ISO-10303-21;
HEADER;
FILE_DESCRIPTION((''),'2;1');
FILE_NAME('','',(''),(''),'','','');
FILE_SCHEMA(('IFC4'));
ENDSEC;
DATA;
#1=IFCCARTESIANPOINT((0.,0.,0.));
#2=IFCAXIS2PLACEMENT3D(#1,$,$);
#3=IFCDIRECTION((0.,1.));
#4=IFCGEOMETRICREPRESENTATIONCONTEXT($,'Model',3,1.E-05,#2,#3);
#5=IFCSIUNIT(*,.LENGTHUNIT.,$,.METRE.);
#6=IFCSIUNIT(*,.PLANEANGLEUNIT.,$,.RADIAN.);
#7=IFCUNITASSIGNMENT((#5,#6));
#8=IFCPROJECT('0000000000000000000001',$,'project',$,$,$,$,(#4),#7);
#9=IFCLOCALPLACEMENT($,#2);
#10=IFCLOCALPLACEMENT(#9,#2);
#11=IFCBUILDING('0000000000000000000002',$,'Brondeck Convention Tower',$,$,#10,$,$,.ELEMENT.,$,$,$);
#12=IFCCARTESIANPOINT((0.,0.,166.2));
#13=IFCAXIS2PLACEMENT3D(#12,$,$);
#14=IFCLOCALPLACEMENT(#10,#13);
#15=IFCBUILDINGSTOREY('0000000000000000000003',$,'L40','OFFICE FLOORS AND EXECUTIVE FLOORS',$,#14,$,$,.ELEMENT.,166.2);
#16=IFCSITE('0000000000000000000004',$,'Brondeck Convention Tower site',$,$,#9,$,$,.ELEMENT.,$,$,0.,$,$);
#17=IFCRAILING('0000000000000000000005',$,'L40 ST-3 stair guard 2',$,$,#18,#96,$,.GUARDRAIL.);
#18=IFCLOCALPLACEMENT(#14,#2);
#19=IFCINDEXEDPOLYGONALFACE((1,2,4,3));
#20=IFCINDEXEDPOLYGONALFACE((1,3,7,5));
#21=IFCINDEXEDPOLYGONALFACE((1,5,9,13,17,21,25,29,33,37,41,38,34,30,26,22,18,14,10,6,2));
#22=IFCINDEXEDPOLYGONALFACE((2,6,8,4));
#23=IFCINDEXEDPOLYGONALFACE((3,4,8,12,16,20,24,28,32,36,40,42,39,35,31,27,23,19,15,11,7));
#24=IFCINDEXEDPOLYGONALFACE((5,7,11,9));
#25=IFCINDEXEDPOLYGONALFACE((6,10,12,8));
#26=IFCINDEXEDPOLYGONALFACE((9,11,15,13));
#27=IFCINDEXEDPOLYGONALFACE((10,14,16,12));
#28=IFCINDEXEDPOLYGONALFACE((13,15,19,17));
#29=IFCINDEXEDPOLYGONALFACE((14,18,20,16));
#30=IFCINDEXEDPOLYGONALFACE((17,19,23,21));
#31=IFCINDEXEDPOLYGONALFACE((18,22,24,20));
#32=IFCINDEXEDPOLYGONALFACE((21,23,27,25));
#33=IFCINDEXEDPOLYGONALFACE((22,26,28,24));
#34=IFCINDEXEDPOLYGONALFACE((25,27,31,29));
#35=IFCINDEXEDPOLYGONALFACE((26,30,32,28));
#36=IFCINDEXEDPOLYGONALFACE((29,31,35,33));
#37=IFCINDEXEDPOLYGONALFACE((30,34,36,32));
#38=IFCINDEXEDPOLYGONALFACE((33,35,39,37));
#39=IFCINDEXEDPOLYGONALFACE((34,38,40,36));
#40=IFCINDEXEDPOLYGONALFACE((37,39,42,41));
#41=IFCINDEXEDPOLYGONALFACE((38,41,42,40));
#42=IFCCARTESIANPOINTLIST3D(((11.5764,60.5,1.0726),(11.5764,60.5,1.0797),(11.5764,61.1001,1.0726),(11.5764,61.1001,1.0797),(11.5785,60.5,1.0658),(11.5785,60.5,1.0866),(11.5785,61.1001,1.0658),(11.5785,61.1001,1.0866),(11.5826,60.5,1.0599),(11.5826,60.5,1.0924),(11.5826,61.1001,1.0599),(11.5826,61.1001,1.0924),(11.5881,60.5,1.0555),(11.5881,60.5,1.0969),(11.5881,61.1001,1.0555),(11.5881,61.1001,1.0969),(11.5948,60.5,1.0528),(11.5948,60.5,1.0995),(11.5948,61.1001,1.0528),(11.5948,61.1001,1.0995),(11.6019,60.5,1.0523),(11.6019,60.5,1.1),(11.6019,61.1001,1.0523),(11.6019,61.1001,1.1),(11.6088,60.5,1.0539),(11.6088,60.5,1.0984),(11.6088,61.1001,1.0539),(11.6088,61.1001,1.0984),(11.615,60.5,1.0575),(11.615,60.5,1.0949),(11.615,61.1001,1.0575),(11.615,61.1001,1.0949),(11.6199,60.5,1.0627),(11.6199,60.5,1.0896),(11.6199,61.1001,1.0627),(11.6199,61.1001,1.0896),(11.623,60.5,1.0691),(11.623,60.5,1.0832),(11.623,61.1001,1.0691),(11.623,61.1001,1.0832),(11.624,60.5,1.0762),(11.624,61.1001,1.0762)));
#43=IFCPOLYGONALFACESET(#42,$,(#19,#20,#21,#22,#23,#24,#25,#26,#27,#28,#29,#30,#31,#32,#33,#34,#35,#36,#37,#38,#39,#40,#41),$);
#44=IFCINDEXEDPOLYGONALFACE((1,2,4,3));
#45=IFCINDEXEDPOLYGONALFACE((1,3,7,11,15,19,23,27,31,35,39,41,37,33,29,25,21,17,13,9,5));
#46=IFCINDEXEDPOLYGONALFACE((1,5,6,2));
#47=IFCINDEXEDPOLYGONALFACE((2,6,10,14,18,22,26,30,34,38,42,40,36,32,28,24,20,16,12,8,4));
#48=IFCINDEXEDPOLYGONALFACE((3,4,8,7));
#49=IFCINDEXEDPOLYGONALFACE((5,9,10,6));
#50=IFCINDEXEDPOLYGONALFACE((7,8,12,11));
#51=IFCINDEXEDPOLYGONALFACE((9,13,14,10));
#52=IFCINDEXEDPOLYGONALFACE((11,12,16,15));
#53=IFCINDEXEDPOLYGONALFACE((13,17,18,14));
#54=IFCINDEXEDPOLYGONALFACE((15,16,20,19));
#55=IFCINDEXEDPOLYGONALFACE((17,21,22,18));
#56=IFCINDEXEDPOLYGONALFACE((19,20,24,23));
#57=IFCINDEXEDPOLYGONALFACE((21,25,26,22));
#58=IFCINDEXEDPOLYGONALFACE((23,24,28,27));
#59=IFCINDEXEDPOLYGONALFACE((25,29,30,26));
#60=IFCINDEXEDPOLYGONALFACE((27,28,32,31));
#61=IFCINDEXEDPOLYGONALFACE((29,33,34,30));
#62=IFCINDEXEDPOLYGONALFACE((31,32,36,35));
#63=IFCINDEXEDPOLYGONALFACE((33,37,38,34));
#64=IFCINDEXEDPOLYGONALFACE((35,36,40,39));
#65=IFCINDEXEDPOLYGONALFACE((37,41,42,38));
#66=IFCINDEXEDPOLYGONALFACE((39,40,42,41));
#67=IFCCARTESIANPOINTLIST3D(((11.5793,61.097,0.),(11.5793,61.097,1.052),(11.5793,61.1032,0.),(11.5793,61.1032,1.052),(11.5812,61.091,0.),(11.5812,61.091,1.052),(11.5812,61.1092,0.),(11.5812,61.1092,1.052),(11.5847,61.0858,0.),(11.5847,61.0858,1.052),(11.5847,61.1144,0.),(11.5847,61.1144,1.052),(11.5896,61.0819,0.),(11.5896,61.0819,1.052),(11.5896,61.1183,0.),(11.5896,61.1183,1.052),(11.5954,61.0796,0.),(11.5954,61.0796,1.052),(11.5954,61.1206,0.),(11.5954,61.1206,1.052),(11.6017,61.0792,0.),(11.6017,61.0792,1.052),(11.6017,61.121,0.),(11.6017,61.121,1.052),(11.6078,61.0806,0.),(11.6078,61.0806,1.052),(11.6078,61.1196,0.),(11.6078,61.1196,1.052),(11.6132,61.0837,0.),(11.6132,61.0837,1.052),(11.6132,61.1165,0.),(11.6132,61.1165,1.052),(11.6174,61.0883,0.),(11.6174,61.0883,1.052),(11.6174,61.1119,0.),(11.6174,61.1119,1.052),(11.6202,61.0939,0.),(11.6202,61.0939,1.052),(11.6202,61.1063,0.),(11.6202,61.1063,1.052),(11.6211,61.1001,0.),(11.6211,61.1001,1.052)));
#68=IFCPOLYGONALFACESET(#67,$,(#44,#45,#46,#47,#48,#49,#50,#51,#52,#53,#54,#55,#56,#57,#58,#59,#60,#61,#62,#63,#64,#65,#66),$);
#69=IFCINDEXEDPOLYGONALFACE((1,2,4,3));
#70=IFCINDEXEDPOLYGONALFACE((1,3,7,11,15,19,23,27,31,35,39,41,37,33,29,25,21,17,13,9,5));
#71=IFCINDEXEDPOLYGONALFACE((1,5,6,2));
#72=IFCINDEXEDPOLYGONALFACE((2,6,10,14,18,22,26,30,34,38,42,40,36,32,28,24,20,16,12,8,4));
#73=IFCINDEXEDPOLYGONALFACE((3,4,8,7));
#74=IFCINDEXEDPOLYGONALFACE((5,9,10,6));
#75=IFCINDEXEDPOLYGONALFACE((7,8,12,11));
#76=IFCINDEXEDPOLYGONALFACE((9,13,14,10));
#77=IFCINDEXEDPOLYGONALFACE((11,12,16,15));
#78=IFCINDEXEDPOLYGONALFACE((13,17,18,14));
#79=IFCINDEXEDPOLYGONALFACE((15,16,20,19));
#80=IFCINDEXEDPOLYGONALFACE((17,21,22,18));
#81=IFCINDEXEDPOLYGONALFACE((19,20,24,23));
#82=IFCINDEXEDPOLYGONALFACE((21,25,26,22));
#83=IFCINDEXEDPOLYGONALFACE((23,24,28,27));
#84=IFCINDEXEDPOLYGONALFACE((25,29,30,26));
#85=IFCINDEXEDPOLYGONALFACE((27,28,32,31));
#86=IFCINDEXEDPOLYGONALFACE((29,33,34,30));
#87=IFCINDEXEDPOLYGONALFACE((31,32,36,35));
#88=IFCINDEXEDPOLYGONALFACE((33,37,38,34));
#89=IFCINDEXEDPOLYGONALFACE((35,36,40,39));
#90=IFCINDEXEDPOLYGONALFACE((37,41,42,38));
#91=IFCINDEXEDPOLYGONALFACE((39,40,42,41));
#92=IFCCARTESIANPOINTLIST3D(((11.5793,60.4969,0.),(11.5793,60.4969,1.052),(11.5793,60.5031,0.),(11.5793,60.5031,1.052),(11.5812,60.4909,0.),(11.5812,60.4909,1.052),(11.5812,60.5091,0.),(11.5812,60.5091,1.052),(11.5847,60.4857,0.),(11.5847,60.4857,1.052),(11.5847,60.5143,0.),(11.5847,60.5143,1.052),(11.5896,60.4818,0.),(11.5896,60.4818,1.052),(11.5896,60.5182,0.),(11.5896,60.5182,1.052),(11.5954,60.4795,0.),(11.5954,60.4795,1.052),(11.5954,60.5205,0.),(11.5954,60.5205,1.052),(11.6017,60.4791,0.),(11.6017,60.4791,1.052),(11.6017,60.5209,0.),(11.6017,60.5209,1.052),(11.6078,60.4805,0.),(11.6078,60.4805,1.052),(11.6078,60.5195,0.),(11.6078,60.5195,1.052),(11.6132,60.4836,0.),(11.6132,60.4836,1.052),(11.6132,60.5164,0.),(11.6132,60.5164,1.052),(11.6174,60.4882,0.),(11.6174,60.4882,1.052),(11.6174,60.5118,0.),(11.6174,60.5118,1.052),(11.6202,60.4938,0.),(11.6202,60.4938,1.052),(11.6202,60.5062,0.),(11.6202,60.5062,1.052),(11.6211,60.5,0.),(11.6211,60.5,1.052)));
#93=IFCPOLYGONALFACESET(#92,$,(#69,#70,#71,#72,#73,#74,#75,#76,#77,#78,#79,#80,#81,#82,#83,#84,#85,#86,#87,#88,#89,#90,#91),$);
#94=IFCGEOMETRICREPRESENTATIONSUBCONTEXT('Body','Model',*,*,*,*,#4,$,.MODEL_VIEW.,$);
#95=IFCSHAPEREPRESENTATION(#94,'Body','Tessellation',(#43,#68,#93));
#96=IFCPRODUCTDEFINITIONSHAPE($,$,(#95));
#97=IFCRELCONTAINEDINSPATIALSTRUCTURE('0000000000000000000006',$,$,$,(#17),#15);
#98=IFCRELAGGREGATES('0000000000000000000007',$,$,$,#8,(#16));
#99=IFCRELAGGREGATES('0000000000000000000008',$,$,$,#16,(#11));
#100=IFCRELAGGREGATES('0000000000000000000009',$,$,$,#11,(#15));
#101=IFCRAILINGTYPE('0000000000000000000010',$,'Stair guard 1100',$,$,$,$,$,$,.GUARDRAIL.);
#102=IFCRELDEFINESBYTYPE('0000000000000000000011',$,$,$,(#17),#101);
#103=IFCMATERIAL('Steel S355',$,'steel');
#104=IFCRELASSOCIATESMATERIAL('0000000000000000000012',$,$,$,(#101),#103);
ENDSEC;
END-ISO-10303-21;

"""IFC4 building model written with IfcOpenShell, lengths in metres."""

from ifc_helpers import new_model, si_unit, direction, frame, origin, origin_2d, place, context, subcontext, project, spatial, circle, extrude, material, type_object, element, save


model = new_model("IFC4")

# Units and contexts
model_context = context("Model", 3, precision=1e-05, world=origin(), true_north=direction((0.0, 1.0)))
body_context = subcontext(model_context, "Body", "Model", "MODEL_VIEW")
ifc_project = project(units=[si_unit("LENGTHUNIT", "METRE"), si_unit("PLANEANGLEUNIT", "RADIAN")], contexts=[model_context])

# Site, building, storey
site_placement = place(None, origin())
site = spatial("IfcSite", under=ifc_project, at=site_placement, Name="Brondeck Convention Tower site", CompositionType="ELEMENT", RefElevation=0.0)
building_placement = place(site_placement, origin())
building = spatial("IfcBuilding", under=site, at=building_placement, Name="Brondeck Convention Tower", CompositionType="ELEMENT")
storey_placement = place(building_placement, frame((0.0, 0.0, 166.2)))
storey = spatial("IfcBuildingStorey", under=building, at=storey_placement, Name="L40", Description="OFFICE FLOORS AND EXECUTIVE FLOORS", CompositionType="ELEMENT", Elevation=166.2)

# Railing
ifc_material_1 = material(Name="Steel S355", Category="steel")
railing_type_1 = type_object("IfcRailingType", Name="Stair guard 1100", PredefinedType="GUARDRAIL", material=ifc_material_1)
railing_1_placement = place(storey_placement, frame((11.6001, 61.1001, 0.0)))
element("IfcRailing", 1, at=railing_1_placement, inside=storey, type_object=railing_type_1, Name="L40 ST-3 stair guard 2", PredefinedType="GUARDRAIL", context=body_context, shape_type="SweptSolid", body=[
    extrude(circle(Radius=0.0239, at=origin_2d()), frame((0.0, 0.0, 1.0762), z_axis=(0.0, -1.0, 0.0), x_axis=(1.0, 0.0, 0.0)), (0.0, 0.0, 1.0), 0.6001),
    extrude(circle(Radius=0.021, at=origin_2d()), origin(), (0.0, 0.0, 1.0), 1.052),
    extrude(circle(Radius=0.021, at=origin_2d()), frame((0.0, -0.6001, 0.0)), (0.0, 0.0, 1.0), 1.052),
])

save(model, "model.ifc")
